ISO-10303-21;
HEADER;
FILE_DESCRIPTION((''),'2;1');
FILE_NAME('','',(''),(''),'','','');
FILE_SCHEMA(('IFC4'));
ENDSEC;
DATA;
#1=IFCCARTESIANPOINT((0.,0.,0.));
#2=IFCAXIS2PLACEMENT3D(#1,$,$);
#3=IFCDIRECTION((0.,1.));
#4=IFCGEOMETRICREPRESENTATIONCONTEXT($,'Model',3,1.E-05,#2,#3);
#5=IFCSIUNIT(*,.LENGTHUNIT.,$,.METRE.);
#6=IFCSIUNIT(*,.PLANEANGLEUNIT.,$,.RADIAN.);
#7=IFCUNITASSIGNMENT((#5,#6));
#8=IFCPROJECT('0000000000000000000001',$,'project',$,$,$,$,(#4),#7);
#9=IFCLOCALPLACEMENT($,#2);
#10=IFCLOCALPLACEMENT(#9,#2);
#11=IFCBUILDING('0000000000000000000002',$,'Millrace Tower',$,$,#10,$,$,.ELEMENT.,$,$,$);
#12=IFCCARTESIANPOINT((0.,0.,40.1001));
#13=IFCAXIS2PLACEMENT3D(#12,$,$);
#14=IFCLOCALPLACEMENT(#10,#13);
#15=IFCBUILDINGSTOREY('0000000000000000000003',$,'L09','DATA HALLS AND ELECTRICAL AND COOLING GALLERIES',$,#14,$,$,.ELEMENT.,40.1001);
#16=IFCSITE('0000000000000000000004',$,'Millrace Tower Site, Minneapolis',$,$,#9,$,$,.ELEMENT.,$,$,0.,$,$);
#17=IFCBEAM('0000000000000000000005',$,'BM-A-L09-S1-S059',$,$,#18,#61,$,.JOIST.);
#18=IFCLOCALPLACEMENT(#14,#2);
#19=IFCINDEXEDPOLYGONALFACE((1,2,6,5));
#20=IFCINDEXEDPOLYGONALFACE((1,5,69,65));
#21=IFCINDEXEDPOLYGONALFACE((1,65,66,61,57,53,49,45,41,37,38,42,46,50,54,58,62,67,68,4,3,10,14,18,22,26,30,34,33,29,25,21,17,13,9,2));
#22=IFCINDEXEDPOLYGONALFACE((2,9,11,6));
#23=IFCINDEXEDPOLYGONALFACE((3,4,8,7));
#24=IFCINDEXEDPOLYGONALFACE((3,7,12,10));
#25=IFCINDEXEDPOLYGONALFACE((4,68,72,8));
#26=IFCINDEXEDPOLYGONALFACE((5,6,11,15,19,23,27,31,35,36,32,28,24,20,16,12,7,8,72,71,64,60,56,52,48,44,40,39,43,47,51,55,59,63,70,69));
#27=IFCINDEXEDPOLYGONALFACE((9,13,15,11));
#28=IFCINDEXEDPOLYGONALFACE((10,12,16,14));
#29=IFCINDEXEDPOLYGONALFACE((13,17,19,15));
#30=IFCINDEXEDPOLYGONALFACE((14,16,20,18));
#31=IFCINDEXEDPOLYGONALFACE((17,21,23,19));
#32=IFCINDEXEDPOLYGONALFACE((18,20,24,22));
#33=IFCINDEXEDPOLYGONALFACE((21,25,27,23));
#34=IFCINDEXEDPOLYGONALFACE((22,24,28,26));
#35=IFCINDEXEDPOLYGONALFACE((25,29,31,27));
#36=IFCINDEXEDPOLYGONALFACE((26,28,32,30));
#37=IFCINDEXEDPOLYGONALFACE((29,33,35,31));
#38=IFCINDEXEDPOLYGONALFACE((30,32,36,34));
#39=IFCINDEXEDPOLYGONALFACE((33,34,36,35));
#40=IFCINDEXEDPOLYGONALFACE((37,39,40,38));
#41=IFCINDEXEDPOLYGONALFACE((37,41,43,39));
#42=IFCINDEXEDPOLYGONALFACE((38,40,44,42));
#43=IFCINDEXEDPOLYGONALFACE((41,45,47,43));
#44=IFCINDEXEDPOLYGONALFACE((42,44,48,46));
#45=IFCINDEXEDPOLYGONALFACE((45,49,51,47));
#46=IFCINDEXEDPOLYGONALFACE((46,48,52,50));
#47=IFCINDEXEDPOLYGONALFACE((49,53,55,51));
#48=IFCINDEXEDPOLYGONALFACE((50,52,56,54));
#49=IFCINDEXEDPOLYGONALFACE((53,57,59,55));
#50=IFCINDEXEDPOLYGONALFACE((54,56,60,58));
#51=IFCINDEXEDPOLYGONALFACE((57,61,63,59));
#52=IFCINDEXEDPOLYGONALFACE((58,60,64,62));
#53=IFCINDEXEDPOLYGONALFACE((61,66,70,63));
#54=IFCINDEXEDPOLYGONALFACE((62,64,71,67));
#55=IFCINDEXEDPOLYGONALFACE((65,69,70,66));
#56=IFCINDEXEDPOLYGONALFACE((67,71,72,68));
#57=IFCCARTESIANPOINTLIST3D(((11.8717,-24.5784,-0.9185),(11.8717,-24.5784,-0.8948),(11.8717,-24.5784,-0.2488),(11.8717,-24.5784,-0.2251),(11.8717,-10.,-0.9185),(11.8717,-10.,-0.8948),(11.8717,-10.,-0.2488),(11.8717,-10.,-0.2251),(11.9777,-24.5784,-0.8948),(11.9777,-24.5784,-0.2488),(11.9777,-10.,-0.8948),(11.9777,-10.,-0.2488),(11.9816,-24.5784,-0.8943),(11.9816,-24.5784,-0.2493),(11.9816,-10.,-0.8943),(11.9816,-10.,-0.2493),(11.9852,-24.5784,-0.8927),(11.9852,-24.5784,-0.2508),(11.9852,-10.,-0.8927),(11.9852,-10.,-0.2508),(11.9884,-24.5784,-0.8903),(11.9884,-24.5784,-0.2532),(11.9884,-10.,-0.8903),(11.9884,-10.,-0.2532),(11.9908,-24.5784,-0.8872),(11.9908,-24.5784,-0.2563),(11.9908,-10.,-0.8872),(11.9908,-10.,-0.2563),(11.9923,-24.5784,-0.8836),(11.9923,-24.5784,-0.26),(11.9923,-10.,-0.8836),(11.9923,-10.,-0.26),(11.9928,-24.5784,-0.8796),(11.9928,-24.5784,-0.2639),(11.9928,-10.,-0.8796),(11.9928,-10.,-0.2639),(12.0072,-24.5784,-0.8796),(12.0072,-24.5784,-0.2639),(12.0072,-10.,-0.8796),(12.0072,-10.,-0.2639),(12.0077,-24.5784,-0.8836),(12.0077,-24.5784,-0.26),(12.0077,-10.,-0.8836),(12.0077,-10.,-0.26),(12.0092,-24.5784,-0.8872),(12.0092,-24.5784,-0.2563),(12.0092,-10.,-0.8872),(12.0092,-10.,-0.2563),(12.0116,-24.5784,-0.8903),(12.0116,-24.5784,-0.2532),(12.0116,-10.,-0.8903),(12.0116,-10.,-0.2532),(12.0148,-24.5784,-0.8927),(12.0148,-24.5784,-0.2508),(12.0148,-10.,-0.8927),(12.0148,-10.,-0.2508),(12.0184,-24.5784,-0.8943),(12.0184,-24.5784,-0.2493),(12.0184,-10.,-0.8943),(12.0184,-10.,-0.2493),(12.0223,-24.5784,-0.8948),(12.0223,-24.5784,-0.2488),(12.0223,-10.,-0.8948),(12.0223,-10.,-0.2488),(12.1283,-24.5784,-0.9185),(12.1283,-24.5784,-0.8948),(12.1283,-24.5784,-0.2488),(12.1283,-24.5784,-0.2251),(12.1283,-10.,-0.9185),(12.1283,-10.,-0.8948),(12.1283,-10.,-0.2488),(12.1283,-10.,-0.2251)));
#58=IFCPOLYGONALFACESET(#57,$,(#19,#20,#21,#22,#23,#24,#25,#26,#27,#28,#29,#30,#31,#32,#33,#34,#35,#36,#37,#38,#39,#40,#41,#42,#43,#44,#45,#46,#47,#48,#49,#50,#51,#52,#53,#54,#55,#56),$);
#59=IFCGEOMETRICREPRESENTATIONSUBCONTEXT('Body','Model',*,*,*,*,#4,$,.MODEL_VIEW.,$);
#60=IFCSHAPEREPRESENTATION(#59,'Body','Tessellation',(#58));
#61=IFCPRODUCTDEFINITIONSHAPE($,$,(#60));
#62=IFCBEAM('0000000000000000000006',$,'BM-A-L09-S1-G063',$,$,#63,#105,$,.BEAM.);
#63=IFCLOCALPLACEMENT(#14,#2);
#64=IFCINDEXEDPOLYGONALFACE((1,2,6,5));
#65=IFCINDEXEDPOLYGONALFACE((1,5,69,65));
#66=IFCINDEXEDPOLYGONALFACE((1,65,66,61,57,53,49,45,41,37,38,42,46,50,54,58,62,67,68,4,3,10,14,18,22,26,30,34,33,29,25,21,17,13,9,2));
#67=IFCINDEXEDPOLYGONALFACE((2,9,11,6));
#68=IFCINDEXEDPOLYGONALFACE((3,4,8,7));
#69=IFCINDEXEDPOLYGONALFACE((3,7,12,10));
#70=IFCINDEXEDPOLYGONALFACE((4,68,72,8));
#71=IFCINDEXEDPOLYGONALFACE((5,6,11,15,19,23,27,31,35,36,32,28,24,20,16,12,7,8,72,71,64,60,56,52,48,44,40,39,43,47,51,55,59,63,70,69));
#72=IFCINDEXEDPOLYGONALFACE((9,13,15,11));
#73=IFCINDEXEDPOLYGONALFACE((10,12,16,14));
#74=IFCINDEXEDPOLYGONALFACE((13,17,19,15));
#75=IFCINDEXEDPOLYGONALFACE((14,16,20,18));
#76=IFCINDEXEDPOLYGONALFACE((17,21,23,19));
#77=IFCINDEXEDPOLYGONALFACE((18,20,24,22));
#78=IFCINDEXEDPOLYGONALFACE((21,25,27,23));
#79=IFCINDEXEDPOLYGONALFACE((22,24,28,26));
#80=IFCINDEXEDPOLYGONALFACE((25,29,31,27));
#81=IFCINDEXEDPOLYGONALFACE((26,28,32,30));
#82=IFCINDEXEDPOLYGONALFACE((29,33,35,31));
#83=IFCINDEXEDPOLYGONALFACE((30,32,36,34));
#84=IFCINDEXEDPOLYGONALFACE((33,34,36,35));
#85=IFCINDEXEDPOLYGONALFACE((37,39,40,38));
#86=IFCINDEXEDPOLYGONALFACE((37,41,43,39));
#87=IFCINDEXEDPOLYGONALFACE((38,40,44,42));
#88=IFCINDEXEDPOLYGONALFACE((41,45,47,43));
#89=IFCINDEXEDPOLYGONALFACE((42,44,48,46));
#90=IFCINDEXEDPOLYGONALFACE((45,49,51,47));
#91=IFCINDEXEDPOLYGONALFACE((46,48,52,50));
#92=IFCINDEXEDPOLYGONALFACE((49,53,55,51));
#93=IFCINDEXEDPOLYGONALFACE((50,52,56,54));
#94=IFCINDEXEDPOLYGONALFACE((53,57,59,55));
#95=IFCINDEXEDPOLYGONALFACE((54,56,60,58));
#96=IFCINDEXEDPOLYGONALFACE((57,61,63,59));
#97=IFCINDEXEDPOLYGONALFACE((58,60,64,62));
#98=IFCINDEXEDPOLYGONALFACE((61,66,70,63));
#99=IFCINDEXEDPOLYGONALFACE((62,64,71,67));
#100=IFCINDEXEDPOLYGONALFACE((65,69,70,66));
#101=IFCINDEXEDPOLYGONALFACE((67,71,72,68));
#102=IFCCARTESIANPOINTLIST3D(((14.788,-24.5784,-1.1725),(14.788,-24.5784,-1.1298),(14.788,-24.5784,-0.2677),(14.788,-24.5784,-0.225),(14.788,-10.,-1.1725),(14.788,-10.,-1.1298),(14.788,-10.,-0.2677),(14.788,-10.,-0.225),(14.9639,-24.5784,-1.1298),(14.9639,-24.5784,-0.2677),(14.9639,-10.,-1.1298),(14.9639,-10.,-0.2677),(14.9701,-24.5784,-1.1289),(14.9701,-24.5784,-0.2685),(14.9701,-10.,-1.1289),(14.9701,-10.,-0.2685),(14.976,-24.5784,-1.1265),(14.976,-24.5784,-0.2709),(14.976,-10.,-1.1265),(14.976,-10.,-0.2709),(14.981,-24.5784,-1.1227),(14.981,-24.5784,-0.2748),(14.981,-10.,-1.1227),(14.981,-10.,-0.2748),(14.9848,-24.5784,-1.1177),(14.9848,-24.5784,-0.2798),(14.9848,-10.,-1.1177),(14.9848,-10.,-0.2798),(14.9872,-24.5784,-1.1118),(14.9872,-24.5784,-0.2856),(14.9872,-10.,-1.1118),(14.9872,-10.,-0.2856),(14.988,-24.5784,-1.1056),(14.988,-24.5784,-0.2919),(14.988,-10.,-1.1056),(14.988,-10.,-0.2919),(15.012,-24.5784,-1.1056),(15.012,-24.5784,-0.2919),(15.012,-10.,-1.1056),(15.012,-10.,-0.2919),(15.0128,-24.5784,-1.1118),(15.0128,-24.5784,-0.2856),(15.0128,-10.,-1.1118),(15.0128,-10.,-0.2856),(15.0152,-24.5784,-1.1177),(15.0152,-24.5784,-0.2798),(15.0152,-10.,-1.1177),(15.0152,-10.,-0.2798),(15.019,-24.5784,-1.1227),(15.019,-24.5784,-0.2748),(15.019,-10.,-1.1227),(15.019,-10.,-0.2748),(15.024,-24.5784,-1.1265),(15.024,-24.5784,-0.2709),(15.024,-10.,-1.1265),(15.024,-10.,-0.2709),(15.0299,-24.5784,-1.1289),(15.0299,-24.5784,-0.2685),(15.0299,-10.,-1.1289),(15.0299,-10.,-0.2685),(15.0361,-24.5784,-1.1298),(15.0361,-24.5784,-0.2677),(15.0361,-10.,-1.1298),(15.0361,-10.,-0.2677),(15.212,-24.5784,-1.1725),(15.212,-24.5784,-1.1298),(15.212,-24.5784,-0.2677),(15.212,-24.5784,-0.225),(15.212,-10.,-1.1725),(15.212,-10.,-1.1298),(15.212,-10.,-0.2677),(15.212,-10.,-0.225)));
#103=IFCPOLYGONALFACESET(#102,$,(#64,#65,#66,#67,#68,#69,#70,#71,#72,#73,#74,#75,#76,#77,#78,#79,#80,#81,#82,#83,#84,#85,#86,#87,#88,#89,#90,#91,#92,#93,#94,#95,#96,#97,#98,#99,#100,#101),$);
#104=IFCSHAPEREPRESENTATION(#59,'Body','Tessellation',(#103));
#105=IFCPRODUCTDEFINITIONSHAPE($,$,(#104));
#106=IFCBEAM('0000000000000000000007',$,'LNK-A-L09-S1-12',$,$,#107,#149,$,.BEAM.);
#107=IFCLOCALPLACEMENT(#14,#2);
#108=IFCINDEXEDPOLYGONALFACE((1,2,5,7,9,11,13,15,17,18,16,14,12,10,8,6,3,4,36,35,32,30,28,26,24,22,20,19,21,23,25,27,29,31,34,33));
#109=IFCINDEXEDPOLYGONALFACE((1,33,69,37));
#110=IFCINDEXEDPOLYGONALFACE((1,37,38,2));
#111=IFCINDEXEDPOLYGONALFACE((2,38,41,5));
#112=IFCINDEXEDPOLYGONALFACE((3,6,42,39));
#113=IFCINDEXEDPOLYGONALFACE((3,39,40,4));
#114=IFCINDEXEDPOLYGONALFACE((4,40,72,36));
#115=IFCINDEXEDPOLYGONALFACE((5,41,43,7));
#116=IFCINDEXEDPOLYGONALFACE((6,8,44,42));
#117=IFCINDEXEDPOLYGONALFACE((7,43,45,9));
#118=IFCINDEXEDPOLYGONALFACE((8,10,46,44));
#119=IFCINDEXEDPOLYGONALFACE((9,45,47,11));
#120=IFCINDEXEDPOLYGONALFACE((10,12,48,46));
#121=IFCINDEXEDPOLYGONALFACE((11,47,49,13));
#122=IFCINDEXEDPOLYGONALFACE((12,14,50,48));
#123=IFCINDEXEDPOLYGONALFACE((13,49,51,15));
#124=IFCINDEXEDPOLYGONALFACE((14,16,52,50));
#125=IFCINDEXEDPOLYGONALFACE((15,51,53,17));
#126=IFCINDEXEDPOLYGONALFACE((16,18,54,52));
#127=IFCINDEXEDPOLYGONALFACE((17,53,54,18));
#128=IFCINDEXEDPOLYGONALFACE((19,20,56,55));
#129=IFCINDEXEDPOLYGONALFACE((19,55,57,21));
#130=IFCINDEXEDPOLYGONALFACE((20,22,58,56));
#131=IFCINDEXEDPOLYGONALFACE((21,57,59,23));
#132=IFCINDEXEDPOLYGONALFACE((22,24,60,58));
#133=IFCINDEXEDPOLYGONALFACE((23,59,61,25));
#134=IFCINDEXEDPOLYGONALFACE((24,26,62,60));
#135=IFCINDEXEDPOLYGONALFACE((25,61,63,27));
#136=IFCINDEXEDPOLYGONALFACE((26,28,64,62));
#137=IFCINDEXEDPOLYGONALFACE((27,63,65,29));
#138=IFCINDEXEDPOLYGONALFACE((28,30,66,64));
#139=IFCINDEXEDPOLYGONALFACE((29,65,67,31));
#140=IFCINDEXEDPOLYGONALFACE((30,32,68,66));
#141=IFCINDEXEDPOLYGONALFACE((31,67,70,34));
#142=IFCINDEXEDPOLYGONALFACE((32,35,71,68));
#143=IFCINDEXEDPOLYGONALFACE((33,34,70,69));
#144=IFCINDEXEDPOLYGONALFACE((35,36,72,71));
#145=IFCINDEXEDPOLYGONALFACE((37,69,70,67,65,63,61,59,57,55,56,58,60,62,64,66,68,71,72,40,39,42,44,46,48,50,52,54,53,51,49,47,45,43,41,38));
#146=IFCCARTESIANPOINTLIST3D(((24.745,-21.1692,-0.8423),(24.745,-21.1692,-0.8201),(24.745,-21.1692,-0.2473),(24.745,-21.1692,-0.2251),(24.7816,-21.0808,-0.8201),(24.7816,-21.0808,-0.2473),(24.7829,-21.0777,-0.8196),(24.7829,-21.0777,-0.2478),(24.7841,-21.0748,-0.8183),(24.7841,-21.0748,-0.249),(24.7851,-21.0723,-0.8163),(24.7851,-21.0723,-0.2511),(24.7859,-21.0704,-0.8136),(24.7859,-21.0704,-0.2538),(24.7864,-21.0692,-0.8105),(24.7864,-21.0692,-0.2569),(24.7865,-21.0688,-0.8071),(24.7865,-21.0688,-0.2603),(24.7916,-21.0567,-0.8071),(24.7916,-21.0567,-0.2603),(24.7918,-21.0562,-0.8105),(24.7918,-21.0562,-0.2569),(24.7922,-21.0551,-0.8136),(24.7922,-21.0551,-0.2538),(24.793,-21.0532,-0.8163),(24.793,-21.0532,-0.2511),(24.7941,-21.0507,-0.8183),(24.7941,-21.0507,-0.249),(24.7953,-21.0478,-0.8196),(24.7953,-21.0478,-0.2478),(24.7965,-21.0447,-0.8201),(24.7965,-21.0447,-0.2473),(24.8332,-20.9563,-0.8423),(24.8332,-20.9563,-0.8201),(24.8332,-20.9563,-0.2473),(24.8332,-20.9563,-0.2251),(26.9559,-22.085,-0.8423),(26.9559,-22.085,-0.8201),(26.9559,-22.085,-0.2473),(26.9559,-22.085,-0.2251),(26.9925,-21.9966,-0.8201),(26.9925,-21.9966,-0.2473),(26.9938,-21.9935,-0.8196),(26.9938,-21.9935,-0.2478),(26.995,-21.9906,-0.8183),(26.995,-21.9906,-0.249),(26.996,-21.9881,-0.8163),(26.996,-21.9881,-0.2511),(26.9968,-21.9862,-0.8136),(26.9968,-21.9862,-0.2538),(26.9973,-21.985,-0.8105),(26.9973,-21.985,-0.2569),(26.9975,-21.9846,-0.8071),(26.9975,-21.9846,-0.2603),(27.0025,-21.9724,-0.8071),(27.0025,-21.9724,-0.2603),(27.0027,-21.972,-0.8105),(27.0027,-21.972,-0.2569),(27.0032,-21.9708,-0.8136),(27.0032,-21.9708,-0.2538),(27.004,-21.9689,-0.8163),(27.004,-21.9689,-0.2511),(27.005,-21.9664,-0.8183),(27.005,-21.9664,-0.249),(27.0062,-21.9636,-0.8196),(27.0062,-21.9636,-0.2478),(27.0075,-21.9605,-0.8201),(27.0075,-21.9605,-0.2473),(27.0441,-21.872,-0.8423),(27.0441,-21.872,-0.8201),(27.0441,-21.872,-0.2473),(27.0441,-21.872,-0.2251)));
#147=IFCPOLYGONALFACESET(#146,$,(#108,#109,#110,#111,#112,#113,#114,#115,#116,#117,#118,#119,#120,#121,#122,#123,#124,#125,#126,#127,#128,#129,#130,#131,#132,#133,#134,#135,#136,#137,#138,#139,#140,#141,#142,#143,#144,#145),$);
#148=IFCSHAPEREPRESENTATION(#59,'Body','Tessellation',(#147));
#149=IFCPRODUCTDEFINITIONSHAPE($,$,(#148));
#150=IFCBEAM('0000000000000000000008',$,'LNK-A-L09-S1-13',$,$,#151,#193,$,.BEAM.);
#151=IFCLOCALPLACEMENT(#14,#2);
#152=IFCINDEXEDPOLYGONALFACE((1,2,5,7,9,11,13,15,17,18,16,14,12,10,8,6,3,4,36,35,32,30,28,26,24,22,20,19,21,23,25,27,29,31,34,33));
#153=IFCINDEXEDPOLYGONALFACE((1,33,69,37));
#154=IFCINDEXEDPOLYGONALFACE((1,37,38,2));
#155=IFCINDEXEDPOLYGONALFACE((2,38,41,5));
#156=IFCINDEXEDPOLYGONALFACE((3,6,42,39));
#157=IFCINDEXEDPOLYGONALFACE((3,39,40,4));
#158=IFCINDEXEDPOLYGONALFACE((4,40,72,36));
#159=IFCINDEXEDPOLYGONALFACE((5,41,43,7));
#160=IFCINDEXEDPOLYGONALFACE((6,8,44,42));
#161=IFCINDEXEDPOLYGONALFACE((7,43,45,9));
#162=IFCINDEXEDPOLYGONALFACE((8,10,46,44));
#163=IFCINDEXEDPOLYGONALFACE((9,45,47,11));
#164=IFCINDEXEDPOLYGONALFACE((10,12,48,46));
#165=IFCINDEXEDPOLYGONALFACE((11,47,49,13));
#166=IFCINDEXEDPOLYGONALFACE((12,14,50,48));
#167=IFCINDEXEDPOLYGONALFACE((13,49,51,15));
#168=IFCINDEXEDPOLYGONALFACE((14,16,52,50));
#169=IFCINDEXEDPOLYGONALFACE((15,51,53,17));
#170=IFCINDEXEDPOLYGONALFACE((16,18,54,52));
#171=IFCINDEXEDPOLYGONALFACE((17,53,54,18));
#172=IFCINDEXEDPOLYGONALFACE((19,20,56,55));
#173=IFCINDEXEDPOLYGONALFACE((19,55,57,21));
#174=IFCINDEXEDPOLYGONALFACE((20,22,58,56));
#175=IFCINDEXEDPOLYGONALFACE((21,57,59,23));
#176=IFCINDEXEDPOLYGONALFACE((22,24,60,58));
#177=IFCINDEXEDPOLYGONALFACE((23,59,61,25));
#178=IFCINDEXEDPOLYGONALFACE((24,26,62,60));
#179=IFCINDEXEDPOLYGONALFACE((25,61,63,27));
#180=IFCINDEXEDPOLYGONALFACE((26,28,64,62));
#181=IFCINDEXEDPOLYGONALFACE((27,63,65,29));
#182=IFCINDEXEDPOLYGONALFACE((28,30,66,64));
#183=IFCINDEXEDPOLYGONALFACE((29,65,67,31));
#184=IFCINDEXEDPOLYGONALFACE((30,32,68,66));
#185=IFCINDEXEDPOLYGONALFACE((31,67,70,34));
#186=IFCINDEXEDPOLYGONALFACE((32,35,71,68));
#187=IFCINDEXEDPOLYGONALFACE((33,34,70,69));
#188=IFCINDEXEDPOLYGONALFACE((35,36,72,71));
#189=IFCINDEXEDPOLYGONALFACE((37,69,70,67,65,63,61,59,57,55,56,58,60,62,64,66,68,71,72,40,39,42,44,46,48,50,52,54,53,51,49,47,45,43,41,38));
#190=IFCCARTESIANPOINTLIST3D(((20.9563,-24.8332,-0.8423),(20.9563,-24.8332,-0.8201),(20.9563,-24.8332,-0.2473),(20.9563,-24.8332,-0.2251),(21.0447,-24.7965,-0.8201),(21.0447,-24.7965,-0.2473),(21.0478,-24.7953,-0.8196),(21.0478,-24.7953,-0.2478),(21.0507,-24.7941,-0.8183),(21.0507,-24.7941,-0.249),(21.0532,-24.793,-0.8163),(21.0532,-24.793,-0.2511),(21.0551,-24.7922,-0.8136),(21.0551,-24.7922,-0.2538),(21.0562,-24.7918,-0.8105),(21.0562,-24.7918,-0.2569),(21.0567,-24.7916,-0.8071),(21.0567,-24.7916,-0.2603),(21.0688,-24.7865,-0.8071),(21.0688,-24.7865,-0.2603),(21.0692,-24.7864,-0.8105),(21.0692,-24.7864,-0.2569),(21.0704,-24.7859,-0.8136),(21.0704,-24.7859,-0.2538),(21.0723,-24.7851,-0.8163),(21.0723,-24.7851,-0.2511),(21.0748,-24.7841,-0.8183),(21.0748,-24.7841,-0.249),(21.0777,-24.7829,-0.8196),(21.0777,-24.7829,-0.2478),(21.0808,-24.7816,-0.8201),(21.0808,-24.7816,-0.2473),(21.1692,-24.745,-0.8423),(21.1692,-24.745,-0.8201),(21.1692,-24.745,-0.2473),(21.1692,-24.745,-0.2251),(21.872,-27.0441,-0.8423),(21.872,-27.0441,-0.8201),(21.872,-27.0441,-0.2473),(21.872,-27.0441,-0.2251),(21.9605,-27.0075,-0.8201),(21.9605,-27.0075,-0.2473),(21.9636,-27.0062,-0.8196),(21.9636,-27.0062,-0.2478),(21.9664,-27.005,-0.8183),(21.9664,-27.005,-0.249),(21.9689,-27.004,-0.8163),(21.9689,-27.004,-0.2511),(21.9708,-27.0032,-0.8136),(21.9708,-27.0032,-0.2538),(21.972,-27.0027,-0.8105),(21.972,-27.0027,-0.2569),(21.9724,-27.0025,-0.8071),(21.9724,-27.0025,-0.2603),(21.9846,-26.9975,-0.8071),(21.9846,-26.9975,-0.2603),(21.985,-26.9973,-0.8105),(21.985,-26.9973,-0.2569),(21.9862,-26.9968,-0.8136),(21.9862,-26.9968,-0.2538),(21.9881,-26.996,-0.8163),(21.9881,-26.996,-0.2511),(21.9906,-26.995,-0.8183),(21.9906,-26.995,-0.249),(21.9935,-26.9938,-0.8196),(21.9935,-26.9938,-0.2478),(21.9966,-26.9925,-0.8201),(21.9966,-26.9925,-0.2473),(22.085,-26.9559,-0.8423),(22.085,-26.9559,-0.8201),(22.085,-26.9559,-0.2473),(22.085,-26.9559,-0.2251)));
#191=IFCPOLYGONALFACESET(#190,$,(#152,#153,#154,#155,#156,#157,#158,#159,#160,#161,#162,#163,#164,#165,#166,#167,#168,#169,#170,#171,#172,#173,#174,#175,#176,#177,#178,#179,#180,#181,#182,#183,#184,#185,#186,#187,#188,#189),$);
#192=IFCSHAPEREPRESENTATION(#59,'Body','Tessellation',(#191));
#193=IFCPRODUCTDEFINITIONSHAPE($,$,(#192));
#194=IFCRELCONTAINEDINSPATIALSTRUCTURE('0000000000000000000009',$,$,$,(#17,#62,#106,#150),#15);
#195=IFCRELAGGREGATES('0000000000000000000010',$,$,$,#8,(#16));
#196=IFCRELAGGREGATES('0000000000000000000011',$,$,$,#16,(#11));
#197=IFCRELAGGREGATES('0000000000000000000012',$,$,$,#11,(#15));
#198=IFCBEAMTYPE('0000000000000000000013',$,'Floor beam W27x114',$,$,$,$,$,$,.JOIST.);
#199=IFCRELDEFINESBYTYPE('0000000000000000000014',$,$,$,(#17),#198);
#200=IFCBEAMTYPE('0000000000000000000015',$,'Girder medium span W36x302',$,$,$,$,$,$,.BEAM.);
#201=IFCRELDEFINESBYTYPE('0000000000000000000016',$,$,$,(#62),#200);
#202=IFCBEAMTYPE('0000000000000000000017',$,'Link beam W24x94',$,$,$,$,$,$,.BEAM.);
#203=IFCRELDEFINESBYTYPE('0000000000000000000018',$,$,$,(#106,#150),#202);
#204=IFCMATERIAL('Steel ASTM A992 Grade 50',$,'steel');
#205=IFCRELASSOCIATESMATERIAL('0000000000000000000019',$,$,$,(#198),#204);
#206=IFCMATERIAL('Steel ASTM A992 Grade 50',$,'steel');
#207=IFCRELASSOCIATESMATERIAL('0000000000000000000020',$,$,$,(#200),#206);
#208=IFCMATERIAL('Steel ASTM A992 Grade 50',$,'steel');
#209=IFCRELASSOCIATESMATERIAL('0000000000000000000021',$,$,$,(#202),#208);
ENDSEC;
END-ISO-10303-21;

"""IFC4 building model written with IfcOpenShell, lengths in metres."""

from ifc_helpers import new_model, si_unit, direction, frame, origin, origin_2d, place, context, subcontext, project, spatial, i_section, extrude, material, material_profile, profile_set, type_object, element, save


model = new_model("IFC4")

# Units and contexts
model_context = context("Model", 3, precision=1e-05, world=origin(), true_north=direction((0.0, 1.0)))
body_context = subcontext(model_context, "Body", "Model", "MODEL_VIEW")
ifc_project = project(units=[si_unit("LENGTHUNIT", "METRE"), si_unit("PLANEANGLEUNIT", "RADIAN")], contexts=[model_context])

# Site, building, storey
site_placement = place(None, origin())
site = spatial("IfcSite", under=ifc_project, at=site_placement, Name="Millrace Tower Site, Minneapolis", CompositionType="ELEMENT", RefElevation=0.0)
building_placement = place(site_placement, origin())
building = spatial("IfcBuilding", under=site, at=building_placement, Name="Millrace Tower", CompositionType="ELEMENT")
storey_placement = place(building_placement, frame((0.0, 0.0, 40.1001)))
storey = spatial("IfcBuildingStorey", under=building, at=storey_placement, Name="L09", Description="DATA HALLS AND ELECTRICAL AND COOLING GALLERIES", CompositionType="ELEMENT", Elevation=40.1001)

# Beams
ifc_material_1 = material(Name="Steel ASTM A992 Grade 50", Category="steel")
ifc_material_profile_1 = material_profile(ifc_material_1, i_section(OverallWidth=0.2566, OverallDepth=0.6934, WebThickness=0.0144, FlangeThickness=0.0237, FilletRadius=0.0151, at=origin_2d()))
ifc_profile_set_1 = profile_set([ifc_material_profile_1], Name="Steel ASTM A992 Grade 50")
beam_type_1 = type_object("IfcBeamType", Name="Floor beam W27x114", PredefinedType="JOIST", material=ifc_profile_set_1)
beam_1_placement = place(storey_placement, frame((12.0, -24.5784, -0.5718), z_axis=(0.0, 1.0, 0.0), x_axis=(-1.0, 0.0, 0.0)))
element("IfcBeam", 1, at=beam_1_placement, inside=storey, type_object=beam_type_1, Name="BM-A-L09-S1-S059", PredefinedType="JOIST", context=body_context, shape_type="SweptSolid", body=[
    extrude(i_section(OverallWidth=0.2566, OverallDepth=0.6934, WebThickness=0.0144, FlangeThickness=0.0237, FilletRadius=0.0151, at=origin_2d()), origin(), (0.0, 0.0, 1.0), 14.5784),
])
ifc_material_2 = material(Name="Steel ASTM A992 Grade 50", Category="steel")
ifc_material_profile_2 = material_profile(ifc_material_2, i_section(OverallWidth=0.4241, OverallDepth=0.9475, WebThickness=0.0239, FlangeThickness=0.0427, FilletRadius=0.0242, at=origin_2d()))
ifc_profile_set_2 = profile_set([ifc_material_profile_2], Name="Steel ASTM A992 Grade 50")
beam_type_2 = type_object("IfcBeamType", Name="Girder medium span W36x302", PredefinedType="BEAM", material=ifc_profile_set_2)
beam_2_placement = place(storey_placement, frame((15.0, -24.5784, -0.6987), z_axis=(0.0, 1.0, 0.0), x_axis=(-1.0, 0.0, 0.0)))
element("IfcBeam", 2, at=beam_2_placement, inside=storey, type_object=beam_type_2, Name="BM-A-L09-S1-G063", PredefinedType="BEAM", context=body_context, shape_type="SweptSolid", body=[
    extrude(i_section(OverallWidth=0.4241, OverallDepth=0.9475, WebThickness=0.0239, FlangeThickness=0.0427, FilletRadius=0.0242, at=origin_2d()), origin(), (0.0, 0.0, 1.0), 14.5784),
])
ifc_material_3 = material(Name="Steel ASTM A992 Grade 50", Category="steel")
ifc_material_profile_3 = material_profile(ifc_material_3, i_section(OverallWidth=0.2305, OverallDepth=0.6172, WebThickness=0.0132, FlangeThickness=0.0222, FilletRadius=0.0129, at=origin_2d()))
ifc_profile_set_3 = profile_set([ifc_material_profile_3], Name="Steel ASTM A992 Grade 50")
beam_type_3 = type_object("IfcBeamType", Name="Link beam W24x94", PredefinedType="BEAM", material=ifc_profile_set_3)
for number, where, z_axis, x_axis, name in (
    (3, (24.7891, -21.0627, -0.5337), (0.923884, -0.382673, 0.0), (0.382673, 0.923884, 0.0), "LNK-A-L09-S1-12"),
    (4, (21.0627, -24.7891, -0.5337), (0.382673, -0.923884, 0.0), (0.923884, 0.382673, 0.0), "LNK-A-L09-S1-13"),
):
    element("IfcBeam", number, at=place(storey_placement, frame(where, z_axis=z_axis, x_axis=x_axis)), inside=storey, type_object=beam_type_3, Name=name, PredefinedType="BEAM", context=body_context, shape_type="SweptSolid", body=[
        extrude(i_section(OverallWidth=0.2305, OverallDepth=0.6172, WebThickness=0.0132, FlangeThickness=0.0222, FilletRadius=0.0129, at=origin_2d()), origin(), (0.0, 0.0, 1.0), 2.3931),
    ])

save(model, "model.ifc")
